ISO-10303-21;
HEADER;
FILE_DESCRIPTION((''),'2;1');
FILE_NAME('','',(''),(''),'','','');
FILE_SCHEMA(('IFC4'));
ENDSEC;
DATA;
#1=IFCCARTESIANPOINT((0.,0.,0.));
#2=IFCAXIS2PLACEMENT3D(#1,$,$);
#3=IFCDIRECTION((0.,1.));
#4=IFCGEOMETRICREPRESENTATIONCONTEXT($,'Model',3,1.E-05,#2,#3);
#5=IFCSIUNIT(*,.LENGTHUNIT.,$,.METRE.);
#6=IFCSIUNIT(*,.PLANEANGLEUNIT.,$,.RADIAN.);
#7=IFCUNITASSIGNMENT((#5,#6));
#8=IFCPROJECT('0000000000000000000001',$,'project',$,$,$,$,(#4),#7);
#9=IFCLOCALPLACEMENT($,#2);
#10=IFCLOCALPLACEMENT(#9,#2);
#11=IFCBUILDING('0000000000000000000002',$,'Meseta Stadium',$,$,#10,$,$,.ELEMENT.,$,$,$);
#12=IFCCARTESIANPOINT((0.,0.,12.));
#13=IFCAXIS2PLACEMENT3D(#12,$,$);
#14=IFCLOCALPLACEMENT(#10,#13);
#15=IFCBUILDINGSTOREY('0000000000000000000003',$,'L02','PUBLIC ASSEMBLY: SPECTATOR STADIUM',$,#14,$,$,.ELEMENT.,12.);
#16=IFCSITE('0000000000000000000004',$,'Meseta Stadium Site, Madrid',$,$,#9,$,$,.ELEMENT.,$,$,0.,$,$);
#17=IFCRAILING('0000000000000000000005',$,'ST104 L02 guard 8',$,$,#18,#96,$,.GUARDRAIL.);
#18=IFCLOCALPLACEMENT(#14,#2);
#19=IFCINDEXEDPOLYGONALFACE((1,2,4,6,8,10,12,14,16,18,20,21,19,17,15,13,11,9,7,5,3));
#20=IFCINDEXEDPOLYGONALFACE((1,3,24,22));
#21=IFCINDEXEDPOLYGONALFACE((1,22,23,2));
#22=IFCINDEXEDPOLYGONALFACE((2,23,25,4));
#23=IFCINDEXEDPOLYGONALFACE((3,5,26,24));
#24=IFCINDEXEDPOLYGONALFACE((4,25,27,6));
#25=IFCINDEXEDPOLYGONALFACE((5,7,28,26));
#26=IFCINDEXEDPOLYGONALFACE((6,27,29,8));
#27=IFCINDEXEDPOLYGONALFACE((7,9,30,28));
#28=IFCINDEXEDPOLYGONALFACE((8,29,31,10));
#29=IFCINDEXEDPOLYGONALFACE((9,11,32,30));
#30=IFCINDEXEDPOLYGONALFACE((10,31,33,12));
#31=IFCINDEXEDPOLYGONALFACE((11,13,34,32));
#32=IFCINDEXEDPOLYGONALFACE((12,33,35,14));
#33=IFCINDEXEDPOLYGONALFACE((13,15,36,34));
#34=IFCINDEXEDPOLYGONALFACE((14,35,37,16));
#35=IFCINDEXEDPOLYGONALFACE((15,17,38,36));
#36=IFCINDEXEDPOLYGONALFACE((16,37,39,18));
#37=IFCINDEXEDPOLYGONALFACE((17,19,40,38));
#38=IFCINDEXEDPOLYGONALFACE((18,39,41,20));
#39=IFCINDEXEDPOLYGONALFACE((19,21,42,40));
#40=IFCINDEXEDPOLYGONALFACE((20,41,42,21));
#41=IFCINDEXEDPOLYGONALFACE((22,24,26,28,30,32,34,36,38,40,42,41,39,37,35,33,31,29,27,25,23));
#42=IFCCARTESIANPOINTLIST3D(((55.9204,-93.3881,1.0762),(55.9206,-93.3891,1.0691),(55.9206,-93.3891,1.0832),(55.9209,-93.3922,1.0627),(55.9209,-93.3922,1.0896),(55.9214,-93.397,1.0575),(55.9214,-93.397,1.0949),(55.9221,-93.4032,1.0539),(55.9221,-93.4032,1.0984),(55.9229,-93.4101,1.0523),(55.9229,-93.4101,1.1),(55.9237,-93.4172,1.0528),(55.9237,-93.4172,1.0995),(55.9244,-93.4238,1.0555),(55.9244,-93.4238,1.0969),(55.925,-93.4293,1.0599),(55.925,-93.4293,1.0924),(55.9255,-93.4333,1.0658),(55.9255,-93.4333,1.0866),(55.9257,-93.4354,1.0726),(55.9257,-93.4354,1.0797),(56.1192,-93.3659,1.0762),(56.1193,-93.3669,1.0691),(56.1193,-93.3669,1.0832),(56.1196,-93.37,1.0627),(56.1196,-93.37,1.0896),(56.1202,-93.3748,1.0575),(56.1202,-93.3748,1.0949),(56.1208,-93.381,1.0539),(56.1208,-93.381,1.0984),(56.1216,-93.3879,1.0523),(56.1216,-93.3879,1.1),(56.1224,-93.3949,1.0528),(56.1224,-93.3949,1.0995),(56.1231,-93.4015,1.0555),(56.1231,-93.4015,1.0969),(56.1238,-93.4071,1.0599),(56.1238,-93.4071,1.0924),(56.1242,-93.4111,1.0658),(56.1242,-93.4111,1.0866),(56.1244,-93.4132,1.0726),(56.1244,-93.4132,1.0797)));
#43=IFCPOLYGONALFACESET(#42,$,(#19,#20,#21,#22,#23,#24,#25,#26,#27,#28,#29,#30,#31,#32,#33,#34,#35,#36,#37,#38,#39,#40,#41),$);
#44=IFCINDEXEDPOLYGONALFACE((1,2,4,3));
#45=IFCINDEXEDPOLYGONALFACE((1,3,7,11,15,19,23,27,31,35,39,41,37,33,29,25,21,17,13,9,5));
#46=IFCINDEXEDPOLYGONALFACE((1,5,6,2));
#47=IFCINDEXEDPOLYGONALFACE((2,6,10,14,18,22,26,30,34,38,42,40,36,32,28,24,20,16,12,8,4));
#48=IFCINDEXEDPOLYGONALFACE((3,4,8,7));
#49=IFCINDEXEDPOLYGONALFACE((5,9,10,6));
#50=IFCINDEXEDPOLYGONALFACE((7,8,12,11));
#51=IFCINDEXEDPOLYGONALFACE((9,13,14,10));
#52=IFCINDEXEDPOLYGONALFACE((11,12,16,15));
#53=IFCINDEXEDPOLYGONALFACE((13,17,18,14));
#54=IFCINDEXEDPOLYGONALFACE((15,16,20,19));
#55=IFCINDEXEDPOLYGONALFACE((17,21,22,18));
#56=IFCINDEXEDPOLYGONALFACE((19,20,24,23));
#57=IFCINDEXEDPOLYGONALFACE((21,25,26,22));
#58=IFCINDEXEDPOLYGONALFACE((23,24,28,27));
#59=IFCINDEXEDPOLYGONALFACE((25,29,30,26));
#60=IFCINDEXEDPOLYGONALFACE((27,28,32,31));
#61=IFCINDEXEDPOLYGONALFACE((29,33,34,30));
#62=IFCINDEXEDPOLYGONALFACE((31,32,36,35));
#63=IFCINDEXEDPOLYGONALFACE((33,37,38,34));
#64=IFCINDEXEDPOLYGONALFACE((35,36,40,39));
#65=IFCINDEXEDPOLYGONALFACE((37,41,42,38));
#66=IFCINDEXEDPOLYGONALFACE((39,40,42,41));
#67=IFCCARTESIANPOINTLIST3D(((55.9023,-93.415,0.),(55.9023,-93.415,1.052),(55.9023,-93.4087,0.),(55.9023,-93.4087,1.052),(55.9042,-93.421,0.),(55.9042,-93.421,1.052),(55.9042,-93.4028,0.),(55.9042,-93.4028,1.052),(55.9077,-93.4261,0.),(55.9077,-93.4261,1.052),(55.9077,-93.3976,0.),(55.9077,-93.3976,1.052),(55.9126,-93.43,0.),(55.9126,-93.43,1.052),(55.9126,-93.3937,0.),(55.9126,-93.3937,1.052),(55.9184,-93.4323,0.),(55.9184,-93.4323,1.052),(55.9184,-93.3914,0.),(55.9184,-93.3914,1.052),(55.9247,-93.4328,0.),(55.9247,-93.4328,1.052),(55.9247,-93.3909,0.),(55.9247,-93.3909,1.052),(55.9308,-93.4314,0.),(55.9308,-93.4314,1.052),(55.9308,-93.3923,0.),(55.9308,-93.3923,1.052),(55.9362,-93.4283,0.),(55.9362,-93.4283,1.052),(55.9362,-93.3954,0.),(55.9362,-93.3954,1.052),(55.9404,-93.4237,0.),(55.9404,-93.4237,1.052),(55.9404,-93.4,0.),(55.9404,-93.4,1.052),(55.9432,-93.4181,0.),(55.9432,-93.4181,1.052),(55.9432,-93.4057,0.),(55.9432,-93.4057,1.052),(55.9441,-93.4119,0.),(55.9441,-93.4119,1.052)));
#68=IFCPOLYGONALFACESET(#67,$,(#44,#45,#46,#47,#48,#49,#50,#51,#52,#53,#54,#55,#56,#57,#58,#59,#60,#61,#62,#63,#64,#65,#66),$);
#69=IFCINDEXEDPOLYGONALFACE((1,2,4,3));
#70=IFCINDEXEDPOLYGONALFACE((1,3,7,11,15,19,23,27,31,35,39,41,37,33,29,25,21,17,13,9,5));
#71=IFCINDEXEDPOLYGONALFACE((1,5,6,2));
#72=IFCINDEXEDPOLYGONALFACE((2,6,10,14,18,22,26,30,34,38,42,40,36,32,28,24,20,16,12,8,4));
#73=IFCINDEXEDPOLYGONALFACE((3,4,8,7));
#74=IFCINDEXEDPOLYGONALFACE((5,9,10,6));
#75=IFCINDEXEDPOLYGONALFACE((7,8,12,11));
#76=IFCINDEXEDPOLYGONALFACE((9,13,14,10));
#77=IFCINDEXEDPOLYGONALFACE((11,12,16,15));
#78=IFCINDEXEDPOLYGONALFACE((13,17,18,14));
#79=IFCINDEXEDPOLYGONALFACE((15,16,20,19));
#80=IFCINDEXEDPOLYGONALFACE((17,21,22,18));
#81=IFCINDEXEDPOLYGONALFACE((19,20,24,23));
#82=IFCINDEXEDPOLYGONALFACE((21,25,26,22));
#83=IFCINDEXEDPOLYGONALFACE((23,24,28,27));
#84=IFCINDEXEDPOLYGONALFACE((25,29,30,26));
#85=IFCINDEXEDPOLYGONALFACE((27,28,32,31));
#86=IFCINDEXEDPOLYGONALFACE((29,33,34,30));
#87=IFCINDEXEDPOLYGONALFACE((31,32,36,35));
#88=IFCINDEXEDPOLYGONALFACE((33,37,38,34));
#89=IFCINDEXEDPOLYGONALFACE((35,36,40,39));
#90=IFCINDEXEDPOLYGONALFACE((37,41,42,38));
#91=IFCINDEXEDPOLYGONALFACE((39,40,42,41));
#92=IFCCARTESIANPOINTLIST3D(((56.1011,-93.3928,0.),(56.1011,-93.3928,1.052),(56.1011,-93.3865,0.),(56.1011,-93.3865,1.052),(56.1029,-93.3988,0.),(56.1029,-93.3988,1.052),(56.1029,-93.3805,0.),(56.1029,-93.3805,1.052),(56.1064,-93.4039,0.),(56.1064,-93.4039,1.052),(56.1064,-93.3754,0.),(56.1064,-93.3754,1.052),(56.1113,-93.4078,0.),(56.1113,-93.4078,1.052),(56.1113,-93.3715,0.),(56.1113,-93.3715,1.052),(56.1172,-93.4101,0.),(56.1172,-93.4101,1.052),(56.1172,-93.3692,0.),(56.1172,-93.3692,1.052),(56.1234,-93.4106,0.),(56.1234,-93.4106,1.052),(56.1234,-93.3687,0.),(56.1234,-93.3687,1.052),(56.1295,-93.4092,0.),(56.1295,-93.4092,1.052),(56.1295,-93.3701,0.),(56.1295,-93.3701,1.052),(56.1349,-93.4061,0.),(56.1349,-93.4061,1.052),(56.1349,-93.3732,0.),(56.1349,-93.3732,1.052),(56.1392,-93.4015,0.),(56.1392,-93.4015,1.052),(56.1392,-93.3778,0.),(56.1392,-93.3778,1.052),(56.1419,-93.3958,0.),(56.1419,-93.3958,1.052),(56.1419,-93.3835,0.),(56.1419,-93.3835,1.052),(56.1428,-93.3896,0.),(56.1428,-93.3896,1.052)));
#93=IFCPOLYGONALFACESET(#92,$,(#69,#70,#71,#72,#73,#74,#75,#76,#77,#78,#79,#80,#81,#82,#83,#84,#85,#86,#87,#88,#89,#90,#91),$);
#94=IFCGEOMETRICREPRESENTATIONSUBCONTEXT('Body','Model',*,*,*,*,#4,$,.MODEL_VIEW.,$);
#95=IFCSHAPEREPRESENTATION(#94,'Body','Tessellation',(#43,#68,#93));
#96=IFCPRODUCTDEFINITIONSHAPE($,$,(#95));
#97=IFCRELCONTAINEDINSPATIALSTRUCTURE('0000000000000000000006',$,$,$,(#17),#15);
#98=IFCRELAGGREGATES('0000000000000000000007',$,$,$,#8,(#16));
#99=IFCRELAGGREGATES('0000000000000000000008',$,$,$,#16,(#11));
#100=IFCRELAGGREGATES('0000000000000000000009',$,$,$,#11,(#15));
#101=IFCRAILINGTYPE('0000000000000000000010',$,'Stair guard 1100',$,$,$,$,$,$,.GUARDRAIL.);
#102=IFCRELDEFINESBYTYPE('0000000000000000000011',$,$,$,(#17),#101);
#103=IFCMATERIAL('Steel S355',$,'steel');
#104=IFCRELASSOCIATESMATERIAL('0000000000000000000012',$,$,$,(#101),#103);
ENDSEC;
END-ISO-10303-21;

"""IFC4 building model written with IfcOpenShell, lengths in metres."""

from ifc_helpers import new_model, si_unit, direction, frame, origin, origin_2d, place, context, subcontext, project, spatial, circle, extrude, material, type_object, element, save


model = new_model("IFC4")

# Units and contexts
model_context = context("Model", 3, precision=1e-05, world=origin(), true_north=direction((0.0, 1.0)))
body_context = subcontext(model_context, "Body", "Model", "MODEL_VIEW")
ifc_project = project(units=[si_unit("LENGTHUNIT", "METRE"), si_unit("PLANEANGLEUNIT", "RADIAN")], contexts=[model_context])

# Site, building, storey
site_placement = place(None, origin())
site = spatial("IfcSite", under=ifc_project, at=site_placement, Name="Meseta Stadium Site, Madrid", CompositionType="ELEMENT", RefElevation=0.0)
building_placement = place(site_placement, origin())
building = spatial("IfcBuilding", under=site, at=building_placement, Name="Meseta Stadium", CompositionType="ELEMENT")
storey_placement = place(building_placement, frame((0.0, 0.0, 12.0)))
storey = spatial("IfcBuildingStorey", under=building, at=storey_placement, Name="L02", Description="PUBLIC ASSEMBLY: SPECTATOR STADIUM", CompositionType="ELEMENT", Elevation=12.0)

# Railing
ifc_material_1 = material(Name="Steel S355", Category="steel")
railing_type_1 = type_object("IfcRailingType", Name="Stair guard 1100", PredefinedType="GUARDRAIL", material=ifc_material_1)
railing_1_placement = place(storey_placement, frame((55.9231, -93.4119, 0.0)))
element("IfcRailing", 1, at=railing_1_placement, inside=storey, type_object=railing_type_1, Name="ST104 L02 guard 8", PredefinedType="GUARDRAIL", context=body_context, shape_type="SweptSolid", body=[
    extrude(circle(Radius=0.0239, at=origin_2d()), frame((0.0, 0.0, 1.0762), z_axis=(0.993809, 0.111102, 0.0), x_axis=(-0.111102, 0.993809, 0.0)), (0.0, 0.0, 1.0), 0.2),
    extrude(circle(Radius=0.021, at=origin_2d()), origin(), (0.0, 0.0, 1.0), 1.052),
    extrude(circle(Radius=0.021, at=origin_2d()), frame((0.1987, 0.0222, 0.0)), (0.0, 0.0, 1.0), 1.052),
])

save(model, "model.ifc")
